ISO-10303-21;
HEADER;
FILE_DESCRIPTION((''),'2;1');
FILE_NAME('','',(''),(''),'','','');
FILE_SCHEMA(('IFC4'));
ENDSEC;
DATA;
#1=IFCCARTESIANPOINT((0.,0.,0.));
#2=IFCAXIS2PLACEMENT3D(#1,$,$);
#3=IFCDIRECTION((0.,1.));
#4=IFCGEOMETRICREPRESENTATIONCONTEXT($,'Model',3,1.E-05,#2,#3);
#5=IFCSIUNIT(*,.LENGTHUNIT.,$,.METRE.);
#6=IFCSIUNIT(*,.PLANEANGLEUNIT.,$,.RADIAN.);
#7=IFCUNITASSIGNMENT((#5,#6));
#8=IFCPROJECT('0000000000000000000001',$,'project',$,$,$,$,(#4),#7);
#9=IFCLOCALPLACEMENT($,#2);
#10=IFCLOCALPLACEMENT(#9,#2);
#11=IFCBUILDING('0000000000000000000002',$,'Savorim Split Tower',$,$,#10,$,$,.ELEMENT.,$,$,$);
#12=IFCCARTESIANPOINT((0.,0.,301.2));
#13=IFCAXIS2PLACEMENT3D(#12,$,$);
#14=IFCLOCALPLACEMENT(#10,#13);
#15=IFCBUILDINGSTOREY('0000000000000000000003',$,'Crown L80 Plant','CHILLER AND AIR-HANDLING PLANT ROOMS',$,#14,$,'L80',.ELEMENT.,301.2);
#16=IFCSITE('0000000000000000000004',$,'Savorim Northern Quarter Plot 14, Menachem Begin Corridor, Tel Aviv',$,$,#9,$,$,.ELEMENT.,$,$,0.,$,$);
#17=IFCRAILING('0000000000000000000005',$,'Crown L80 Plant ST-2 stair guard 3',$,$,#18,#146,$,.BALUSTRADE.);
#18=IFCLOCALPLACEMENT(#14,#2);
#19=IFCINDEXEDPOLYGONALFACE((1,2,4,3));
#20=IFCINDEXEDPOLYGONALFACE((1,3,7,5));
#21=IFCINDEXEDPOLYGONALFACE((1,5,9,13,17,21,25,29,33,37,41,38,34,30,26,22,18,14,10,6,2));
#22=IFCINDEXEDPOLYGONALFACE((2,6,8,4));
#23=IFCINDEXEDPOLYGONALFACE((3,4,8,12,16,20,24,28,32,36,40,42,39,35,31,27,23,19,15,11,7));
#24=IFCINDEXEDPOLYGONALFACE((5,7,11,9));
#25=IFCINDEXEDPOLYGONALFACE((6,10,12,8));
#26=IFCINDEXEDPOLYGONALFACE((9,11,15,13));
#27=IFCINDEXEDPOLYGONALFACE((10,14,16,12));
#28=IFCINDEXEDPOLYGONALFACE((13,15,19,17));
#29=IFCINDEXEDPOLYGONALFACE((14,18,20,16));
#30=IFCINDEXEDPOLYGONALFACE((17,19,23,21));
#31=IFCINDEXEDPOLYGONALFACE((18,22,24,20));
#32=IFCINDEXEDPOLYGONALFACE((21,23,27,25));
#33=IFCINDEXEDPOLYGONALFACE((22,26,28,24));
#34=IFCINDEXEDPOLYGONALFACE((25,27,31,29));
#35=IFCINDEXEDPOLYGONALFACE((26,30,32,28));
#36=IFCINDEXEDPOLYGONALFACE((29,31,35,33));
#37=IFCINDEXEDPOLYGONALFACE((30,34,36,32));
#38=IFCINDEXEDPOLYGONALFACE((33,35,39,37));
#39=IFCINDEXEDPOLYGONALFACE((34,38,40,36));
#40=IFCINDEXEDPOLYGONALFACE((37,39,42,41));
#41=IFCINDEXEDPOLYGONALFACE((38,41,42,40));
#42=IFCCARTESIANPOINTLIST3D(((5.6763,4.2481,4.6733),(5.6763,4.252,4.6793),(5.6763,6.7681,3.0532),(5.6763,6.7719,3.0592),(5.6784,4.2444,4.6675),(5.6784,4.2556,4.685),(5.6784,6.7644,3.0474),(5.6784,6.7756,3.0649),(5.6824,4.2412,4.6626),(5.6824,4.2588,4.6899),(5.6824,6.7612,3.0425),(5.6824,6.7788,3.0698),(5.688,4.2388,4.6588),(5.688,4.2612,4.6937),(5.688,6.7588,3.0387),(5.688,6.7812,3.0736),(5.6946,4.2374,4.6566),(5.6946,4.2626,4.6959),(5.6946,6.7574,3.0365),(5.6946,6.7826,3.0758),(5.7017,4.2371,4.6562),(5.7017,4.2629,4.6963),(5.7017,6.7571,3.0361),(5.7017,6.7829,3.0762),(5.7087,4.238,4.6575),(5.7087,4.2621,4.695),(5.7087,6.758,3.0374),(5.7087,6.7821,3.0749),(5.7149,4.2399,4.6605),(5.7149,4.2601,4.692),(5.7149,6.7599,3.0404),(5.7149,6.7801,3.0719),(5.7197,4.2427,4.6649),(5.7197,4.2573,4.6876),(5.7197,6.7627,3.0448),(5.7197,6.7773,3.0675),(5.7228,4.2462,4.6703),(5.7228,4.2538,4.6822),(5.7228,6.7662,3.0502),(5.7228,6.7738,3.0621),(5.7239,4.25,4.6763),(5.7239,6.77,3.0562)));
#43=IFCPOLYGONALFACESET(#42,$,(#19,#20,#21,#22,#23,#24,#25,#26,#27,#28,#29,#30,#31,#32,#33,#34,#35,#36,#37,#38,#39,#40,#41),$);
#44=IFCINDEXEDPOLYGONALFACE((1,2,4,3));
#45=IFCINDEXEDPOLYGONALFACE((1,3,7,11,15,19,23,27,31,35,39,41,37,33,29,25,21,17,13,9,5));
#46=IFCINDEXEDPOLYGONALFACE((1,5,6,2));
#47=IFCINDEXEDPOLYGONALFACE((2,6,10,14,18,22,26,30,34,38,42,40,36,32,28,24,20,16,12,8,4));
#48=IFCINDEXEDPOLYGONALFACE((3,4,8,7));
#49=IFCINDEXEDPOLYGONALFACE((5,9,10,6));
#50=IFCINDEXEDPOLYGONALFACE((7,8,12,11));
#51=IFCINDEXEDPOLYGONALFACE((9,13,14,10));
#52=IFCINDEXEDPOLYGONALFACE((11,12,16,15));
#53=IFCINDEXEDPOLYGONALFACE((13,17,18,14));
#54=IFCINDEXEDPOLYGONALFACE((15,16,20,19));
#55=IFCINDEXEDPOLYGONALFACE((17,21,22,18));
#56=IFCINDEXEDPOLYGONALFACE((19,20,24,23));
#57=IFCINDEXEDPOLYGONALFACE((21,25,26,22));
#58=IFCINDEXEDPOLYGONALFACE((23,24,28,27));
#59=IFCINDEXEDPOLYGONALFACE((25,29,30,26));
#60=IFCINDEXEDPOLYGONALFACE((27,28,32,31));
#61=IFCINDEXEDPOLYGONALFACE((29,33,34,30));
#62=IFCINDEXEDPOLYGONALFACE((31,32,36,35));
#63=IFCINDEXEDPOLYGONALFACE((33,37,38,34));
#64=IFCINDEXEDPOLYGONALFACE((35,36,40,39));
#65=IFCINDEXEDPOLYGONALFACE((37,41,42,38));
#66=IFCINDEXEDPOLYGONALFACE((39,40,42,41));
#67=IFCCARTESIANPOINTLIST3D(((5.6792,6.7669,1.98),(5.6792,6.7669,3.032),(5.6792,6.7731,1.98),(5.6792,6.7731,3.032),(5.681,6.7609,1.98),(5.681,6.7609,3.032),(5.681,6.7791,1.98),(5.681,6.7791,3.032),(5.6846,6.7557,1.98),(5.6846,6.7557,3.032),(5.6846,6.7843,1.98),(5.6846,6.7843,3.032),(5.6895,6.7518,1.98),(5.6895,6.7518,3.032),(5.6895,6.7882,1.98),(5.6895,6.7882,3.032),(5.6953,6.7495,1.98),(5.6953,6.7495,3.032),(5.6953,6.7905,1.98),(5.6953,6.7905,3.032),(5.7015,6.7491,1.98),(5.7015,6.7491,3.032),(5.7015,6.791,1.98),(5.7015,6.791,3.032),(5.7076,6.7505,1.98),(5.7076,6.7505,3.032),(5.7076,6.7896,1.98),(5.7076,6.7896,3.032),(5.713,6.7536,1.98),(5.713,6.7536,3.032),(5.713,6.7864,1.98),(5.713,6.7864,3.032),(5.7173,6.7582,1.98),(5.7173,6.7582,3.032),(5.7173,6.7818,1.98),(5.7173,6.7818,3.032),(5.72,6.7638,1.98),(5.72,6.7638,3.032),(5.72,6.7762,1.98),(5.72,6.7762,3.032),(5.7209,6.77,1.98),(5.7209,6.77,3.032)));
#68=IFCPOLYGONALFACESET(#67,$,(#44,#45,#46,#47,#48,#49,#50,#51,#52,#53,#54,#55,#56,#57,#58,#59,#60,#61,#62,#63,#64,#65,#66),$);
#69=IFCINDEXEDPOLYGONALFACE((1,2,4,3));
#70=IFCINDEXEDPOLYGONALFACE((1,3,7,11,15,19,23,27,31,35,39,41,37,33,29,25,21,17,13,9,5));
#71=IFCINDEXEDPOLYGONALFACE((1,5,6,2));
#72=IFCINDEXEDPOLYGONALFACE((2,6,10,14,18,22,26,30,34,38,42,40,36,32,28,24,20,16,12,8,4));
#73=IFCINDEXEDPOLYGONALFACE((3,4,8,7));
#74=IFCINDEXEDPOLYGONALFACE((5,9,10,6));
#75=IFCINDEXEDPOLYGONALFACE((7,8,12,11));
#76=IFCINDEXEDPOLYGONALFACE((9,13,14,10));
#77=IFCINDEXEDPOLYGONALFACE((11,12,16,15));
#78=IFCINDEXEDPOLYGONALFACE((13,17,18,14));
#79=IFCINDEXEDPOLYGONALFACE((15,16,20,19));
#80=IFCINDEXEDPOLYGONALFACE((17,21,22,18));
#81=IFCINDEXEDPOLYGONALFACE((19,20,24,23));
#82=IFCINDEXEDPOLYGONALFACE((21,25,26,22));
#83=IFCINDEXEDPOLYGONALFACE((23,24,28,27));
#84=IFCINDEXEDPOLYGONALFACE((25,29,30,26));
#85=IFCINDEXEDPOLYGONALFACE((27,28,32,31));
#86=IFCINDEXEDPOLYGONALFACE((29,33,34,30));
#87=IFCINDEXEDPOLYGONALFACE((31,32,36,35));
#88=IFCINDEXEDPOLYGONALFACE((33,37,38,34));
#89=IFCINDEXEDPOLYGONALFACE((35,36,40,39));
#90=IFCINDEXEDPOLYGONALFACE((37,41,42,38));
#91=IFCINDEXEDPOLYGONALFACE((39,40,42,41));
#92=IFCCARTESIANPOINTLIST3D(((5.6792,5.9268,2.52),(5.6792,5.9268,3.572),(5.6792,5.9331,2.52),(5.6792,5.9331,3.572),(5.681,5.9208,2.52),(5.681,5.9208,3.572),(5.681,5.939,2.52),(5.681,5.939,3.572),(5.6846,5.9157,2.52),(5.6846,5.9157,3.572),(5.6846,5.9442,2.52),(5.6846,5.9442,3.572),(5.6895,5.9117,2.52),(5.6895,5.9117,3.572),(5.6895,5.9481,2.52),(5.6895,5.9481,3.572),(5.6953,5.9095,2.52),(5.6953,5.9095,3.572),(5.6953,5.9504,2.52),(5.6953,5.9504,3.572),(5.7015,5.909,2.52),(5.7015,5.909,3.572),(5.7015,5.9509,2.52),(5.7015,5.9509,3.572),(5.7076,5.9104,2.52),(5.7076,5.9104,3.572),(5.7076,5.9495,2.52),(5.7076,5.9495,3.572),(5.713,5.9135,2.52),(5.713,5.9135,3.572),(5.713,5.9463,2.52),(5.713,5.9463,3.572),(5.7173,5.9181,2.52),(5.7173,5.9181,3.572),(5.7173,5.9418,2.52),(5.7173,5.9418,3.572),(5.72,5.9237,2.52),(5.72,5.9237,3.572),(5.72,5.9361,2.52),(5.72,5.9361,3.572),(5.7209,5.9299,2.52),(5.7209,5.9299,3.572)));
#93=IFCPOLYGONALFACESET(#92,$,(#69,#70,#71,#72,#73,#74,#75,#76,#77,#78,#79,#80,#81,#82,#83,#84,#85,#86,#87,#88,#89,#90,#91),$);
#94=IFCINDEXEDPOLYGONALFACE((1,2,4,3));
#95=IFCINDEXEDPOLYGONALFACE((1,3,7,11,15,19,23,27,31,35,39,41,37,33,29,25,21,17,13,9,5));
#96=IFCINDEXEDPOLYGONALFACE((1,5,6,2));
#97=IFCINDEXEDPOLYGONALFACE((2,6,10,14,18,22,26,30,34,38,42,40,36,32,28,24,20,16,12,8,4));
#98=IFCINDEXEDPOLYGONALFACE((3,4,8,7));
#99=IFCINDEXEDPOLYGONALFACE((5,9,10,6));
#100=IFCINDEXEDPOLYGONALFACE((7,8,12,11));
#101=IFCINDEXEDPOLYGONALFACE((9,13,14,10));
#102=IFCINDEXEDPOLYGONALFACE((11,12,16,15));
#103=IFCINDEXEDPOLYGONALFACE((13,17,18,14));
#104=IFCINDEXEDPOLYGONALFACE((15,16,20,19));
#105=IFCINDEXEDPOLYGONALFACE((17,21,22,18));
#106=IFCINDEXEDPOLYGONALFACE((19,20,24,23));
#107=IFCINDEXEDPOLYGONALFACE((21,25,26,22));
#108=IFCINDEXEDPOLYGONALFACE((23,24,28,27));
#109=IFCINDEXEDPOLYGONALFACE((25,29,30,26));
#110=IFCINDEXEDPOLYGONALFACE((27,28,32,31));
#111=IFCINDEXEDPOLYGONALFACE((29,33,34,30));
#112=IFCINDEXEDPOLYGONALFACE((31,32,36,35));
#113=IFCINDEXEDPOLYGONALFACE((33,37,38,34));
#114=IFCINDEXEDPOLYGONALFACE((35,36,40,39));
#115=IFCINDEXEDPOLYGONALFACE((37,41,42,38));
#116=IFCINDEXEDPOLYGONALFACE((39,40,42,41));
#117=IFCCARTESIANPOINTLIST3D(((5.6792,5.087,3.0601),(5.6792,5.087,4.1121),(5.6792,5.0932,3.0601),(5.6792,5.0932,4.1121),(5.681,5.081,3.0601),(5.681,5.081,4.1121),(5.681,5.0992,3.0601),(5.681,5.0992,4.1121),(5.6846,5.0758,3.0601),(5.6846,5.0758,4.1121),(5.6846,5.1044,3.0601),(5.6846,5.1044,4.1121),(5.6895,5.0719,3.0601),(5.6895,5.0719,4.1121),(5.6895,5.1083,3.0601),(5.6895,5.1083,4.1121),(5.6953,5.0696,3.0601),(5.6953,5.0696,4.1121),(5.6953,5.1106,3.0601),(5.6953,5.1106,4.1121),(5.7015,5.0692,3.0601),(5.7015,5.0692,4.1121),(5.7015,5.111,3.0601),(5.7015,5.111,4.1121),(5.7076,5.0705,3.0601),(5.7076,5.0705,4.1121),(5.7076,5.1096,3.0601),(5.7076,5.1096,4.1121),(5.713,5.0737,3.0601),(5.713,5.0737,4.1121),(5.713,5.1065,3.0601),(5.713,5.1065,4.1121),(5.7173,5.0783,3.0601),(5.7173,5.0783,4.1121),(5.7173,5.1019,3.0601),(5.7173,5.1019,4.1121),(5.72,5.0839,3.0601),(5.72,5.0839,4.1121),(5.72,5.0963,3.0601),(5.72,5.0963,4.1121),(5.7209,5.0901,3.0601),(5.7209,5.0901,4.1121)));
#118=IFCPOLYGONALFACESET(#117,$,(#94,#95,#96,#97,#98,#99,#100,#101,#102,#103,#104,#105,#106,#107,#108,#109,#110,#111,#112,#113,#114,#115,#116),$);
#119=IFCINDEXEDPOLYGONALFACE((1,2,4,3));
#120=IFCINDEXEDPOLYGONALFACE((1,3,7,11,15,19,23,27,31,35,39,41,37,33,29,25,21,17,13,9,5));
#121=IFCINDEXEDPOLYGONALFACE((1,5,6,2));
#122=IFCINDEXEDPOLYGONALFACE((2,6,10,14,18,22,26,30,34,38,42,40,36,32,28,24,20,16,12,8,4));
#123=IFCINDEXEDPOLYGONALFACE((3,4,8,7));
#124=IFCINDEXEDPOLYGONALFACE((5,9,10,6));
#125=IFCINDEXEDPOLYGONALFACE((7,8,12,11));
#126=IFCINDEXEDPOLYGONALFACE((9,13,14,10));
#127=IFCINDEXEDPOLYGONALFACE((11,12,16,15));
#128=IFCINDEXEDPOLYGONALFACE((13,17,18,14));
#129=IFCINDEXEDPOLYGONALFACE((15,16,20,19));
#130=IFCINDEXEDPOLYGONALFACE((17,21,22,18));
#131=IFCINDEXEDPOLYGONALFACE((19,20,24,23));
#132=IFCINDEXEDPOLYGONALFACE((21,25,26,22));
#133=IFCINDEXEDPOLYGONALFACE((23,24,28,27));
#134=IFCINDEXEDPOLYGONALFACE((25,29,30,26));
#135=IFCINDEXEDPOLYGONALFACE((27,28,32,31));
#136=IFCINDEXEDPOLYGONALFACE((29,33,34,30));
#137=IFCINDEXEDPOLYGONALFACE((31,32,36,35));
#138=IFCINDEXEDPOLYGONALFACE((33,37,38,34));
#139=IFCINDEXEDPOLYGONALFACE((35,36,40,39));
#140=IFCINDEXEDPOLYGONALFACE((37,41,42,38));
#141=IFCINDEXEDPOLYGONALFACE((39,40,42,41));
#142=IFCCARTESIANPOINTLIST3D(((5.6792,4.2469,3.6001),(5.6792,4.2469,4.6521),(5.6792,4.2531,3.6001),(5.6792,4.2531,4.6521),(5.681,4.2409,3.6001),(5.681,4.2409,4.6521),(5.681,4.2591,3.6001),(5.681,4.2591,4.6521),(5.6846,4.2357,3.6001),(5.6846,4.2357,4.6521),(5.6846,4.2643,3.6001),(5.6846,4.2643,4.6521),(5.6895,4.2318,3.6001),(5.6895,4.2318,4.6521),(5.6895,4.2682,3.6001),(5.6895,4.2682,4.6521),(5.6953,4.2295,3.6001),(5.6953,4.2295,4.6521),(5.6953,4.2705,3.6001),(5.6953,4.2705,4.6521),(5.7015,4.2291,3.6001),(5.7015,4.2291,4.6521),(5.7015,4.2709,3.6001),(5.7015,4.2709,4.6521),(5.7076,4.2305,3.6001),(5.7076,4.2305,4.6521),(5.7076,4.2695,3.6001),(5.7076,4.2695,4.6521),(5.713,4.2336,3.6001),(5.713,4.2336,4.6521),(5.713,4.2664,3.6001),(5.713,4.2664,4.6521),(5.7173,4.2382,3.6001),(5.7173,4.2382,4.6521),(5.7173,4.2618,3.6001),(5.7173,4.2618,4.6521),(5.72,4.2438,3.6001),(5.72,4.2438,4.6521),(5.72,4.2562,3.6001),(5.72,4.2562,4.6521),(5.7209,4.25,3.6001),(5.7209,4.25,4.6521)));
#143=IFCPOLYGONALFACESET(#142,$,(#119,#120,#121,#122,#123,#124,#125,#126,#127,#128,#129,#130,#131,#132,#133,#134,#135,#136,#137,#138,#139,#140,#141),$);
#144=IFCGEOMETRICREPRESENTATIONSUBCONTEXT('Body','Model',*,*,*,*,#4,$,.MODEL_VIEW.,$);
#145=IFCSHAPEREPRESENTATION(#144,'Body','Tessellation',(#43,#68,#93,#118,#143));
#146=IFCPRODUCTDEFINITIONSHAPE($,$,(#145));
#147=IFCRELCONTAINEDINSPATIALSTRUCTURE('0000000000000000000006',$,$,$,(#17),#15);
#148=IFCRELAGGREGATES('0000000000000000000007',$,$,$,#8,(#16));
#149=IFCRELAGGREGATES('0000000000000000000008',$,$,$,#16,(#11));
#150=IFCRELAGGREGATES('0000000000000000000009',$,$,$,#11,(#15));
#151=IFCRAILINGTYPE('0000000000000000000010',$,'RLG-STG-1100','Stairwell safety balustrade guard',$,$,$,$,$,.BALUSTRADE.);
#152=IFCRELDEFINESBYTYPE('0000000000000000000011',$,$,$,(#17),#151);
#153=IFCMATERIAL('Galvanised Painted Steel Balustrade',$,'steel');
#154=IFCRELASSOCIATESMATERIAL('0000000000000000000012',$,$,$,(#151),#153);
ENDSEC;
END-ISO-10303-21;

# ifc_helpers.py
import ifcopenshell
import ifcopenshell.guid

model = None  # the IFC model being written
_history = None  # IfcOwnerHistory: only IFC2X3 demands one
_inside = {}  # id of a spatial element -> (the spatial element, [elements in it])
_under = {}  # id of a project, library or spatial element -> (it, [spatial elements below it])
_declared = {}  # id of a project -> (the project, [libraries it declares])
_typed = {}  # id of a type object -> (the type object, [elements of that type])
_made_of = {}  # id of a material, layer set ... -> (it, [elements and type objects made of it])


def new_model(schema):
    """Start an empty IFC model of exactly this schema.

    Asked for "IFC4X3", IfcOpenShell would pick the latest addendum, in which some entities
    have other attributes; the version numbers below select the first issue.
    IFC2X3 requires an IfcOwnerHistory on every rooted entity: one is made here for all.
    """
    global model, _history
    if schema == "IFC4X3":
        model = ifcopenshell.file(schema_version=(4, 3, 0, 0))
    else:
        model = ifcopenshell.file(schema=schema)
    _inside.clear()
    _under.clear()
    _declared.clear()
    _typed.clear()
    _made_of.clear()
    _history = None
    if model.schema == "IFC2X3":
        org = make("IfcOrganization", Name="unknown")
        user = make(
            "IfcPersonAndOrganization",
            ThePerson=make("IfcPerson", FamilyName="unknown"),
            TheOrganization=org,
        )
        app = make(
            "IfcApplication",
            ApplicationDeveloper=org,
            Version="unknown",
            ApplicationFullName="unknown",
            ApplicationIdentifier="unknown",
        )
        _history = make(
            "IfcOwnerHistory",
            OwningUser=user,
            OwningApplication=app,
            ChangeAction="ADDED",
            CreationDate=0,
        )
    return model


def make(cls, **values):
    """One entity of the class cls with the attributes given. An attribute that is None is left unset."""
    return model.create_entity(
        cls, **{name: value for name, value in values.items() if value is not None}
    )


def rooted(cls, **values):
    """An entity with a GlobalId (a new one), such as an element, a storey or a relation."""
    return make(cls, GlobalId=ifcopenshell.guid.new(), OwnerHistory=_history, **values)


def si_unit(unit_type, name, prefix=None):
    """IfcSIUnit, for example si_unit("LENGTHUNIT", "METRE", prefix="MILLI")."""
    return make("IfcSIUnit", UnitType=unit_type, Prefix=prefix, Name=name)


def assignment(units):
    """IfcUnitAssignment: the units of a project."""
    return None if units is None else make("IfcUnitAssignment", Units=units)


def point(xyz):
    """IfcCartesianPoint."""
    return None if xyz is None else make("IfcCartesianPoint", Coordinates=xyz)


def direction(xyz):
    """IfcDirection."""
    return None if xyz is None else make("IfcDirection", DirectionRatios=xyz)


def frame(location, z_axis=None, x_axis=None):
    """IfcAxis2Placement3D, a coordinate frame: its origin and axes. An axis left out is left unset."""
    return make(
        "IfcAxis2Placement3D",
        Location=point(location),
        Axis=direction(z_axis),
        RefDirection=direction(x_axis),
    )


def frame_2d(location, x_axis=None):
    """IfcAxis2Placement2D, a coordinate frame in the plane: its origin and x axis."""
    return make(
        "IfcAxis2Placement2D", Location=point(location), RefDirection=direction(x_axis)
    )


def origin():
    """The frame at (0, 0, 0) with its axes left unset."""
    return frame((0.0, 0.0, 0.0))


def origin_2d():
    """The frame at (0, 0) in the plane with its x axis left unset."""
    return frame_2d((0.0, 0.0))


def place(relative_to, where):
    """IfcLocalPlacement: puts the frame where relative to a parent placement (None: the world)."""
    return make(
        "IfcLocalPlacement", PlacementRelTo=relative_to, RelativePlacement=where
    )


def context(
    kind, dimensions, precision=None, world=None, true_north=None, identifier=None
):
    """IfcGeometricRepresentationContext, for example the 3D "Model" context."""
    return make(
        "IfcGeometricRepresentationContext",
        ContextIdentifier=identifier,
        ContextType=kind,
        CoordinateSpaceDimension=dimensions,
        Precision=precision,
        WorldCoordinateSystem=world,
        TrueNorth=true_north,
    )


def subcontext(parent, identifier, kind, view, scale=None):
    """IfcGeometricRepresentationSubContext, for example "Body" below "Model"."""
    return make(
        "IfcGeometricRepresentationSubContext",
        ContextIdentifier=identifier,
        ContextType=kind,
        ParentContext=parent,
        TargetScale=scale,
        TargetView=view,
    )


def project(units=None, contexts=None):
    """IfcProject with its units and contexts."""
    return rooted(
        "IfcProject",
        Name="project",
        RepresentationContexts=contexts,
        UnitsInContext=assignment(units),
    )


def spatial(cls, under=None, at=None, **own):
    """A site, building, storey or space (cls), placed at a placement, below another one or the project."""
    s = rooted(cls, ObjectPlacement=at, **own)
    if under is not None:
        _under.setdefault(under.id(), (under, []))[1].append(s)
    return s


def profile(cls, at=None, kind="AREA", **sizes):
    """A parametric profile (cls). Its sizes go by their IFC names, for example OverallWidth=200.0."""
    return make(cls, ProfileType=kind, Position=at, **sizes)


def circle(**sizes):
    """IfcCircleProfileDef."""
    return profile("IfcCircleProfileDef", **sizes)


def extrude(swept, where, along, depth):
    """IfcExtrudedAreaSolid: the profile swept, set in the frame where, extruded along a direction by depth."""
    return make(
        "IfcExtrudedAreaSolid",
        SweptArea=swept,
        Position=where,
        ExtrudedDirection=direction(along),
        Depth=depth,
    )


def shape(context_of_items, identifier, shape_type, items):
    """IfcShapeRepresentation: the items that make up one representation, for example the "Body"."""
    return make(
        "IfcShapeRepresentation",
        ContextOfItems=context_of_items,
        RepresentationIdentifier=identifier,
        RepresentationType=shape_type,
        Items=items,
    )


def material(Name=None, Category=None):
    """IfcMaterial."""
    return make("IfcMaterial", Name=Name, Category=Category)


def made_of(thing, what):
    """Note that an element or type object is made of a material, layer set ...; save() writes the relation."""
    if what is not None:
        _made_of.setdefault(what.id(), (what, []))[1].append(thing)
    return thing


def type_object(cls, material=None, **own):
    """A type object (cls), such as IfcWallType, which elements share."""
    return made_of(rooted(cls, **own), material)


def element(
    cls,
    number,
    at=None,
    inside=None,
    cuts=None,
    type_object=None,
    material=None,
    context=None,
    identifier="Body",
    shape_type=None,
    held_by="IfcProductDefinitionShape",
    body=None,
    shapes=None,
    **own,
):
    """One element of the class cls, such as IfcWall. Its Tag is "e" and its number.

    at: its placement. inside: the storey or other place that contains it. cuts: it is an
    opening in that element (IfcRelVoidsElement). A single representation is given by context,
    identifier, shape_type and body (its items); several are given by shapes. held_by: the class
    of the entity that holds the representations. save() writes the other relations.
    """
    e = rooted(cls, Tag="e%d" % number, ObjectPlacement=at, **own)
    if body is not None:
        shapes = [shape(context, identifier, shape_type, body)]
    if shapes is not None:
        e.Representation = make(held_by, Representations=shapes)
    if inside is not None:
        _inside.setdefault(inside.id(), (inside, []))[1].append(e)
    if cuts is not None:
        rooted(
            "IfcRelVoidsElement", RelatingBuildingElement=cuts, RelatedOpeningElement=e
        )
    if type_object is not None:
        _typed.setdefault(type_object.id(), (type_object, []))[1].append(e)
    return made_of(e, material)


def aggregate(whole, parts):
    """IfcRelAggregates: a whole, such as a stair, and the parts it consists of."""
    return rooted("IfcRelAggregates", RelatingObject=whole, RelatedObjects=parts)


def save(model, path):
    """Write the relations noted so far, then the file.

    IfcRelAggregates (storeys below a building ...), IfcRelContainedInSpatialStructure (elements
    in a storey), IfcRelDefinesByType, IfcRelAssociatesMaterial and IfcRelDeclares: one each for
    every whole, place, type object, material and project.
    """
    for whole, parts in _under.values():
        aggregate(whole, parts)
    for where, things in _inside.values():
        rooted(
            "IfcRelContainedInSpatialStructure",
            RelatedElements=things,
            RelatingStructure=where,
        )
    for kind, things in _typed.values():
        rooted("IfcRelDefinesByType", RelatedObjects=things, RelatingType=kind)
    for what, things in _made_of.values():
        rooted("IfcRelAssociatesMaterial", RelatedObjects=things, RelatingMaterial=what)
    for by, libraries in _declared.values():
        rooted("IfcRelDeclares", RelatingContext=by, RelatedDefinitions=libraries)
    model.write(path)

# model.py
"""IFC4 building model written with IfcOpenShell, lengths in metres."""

from ifc_helpers import new_model, si_unit, direction, frame, origin, origin_2d, place, context, subcontext, project, spatial, circle, extrude, material, type_object, element, save


model = new_model("IFC4")

# Units and contexts
model_context = context("Model", 3, precision=1e-05, world=origin(), true_north=direction((0.0, 1.0)))
body_context = subcontext(model_context, "Body", "Model", "MODEL_VIEW")
ifc_project = project(units=[si_unit("LENGTHUNIT", "METRE"), si_unit("PLANEANGLEUNIT", "RADIAN")], contexts=[model_context])

# Site, building, storey
site_placement = place(None, origin())
site = spatial("IfcSite", under=ifc_project, at=site_placement, Name="Savorim Northern Quarter Plot 14, Menachem Begin Corridor, Tel Aviv", CompositionType="ELEMENT", RefElevation=0.0)
building_placement = place(site_placement, origin())
building = spatial("IfcBuilding", under=site, at=building_placement, Name="Savorim Split Tower", CompositionType="ELEMENT")
storey_placement = place(building_placement, frame((0.0, 0.0, 301.2)))
storey = spatial("IfcBuildingStorey", under=building, at=storey_placement, Name="Crown L80 Plant", Description="CHILLER AND AIR-HANDLING PLANT ROOMS", LongName="L80", CompositionType="ELEMENT", Elevation=301.2)

# Railing
ifc_material_1 = material(Name="Galvanised Painted Steel Balustrade", Category="steel")
railing_type_1 = type_object("IfcRailingType", Name="RLG-STG-1100", Description="Stairwell safety balustrade guard", PredefinedType="BALUSTRADE", material=ifc_material_1)
railing_1_placement = place(storey_placement, frame((5.7, 6.77, 1.98)))
element("IfcRailing", 1, at=railing_1_placement, inside=storey, type_object=railing_type_1, Name="Crown L80 Plant ST-2 stair guard 3", PredefinedType="BALUSTRADE", context=body_context, shape_type="SweptSolid", body=[
    extrude(circle(Radius=0.0239, at=origin_2d()), frame((0.0, 0.0, 1.0762), z_axis=(0.0, -0.841163, 0.540782), x_axis=(1.0, 0.0, 0.0)), (0.0, 0.0, 1.0), 2.9958),
    extrude(circle(Radius=0.021, at=origin_2d()), origin(), (0.0, 0.0, 1.0), 1.052),
    extrude(circle(Radius=0.021, at=origin_2d()), frame((0.0, -0.8401, 0.54)), (0.0, 0.0, 1.0), 1.052),
    extrude(circle(Radius=0.021, at=origin_2d()), frame((0.0, -1.6799, 1.0801)), (0.0, 0.0, 1.0), 1.052),
    extrude(circle(Radius=0.021, at=origin_2d()), frame((0.0, -2.52, 1.6201)), (0.0, 0.0, 1.0), 1.052),
])

save(model, "model.ifc")
